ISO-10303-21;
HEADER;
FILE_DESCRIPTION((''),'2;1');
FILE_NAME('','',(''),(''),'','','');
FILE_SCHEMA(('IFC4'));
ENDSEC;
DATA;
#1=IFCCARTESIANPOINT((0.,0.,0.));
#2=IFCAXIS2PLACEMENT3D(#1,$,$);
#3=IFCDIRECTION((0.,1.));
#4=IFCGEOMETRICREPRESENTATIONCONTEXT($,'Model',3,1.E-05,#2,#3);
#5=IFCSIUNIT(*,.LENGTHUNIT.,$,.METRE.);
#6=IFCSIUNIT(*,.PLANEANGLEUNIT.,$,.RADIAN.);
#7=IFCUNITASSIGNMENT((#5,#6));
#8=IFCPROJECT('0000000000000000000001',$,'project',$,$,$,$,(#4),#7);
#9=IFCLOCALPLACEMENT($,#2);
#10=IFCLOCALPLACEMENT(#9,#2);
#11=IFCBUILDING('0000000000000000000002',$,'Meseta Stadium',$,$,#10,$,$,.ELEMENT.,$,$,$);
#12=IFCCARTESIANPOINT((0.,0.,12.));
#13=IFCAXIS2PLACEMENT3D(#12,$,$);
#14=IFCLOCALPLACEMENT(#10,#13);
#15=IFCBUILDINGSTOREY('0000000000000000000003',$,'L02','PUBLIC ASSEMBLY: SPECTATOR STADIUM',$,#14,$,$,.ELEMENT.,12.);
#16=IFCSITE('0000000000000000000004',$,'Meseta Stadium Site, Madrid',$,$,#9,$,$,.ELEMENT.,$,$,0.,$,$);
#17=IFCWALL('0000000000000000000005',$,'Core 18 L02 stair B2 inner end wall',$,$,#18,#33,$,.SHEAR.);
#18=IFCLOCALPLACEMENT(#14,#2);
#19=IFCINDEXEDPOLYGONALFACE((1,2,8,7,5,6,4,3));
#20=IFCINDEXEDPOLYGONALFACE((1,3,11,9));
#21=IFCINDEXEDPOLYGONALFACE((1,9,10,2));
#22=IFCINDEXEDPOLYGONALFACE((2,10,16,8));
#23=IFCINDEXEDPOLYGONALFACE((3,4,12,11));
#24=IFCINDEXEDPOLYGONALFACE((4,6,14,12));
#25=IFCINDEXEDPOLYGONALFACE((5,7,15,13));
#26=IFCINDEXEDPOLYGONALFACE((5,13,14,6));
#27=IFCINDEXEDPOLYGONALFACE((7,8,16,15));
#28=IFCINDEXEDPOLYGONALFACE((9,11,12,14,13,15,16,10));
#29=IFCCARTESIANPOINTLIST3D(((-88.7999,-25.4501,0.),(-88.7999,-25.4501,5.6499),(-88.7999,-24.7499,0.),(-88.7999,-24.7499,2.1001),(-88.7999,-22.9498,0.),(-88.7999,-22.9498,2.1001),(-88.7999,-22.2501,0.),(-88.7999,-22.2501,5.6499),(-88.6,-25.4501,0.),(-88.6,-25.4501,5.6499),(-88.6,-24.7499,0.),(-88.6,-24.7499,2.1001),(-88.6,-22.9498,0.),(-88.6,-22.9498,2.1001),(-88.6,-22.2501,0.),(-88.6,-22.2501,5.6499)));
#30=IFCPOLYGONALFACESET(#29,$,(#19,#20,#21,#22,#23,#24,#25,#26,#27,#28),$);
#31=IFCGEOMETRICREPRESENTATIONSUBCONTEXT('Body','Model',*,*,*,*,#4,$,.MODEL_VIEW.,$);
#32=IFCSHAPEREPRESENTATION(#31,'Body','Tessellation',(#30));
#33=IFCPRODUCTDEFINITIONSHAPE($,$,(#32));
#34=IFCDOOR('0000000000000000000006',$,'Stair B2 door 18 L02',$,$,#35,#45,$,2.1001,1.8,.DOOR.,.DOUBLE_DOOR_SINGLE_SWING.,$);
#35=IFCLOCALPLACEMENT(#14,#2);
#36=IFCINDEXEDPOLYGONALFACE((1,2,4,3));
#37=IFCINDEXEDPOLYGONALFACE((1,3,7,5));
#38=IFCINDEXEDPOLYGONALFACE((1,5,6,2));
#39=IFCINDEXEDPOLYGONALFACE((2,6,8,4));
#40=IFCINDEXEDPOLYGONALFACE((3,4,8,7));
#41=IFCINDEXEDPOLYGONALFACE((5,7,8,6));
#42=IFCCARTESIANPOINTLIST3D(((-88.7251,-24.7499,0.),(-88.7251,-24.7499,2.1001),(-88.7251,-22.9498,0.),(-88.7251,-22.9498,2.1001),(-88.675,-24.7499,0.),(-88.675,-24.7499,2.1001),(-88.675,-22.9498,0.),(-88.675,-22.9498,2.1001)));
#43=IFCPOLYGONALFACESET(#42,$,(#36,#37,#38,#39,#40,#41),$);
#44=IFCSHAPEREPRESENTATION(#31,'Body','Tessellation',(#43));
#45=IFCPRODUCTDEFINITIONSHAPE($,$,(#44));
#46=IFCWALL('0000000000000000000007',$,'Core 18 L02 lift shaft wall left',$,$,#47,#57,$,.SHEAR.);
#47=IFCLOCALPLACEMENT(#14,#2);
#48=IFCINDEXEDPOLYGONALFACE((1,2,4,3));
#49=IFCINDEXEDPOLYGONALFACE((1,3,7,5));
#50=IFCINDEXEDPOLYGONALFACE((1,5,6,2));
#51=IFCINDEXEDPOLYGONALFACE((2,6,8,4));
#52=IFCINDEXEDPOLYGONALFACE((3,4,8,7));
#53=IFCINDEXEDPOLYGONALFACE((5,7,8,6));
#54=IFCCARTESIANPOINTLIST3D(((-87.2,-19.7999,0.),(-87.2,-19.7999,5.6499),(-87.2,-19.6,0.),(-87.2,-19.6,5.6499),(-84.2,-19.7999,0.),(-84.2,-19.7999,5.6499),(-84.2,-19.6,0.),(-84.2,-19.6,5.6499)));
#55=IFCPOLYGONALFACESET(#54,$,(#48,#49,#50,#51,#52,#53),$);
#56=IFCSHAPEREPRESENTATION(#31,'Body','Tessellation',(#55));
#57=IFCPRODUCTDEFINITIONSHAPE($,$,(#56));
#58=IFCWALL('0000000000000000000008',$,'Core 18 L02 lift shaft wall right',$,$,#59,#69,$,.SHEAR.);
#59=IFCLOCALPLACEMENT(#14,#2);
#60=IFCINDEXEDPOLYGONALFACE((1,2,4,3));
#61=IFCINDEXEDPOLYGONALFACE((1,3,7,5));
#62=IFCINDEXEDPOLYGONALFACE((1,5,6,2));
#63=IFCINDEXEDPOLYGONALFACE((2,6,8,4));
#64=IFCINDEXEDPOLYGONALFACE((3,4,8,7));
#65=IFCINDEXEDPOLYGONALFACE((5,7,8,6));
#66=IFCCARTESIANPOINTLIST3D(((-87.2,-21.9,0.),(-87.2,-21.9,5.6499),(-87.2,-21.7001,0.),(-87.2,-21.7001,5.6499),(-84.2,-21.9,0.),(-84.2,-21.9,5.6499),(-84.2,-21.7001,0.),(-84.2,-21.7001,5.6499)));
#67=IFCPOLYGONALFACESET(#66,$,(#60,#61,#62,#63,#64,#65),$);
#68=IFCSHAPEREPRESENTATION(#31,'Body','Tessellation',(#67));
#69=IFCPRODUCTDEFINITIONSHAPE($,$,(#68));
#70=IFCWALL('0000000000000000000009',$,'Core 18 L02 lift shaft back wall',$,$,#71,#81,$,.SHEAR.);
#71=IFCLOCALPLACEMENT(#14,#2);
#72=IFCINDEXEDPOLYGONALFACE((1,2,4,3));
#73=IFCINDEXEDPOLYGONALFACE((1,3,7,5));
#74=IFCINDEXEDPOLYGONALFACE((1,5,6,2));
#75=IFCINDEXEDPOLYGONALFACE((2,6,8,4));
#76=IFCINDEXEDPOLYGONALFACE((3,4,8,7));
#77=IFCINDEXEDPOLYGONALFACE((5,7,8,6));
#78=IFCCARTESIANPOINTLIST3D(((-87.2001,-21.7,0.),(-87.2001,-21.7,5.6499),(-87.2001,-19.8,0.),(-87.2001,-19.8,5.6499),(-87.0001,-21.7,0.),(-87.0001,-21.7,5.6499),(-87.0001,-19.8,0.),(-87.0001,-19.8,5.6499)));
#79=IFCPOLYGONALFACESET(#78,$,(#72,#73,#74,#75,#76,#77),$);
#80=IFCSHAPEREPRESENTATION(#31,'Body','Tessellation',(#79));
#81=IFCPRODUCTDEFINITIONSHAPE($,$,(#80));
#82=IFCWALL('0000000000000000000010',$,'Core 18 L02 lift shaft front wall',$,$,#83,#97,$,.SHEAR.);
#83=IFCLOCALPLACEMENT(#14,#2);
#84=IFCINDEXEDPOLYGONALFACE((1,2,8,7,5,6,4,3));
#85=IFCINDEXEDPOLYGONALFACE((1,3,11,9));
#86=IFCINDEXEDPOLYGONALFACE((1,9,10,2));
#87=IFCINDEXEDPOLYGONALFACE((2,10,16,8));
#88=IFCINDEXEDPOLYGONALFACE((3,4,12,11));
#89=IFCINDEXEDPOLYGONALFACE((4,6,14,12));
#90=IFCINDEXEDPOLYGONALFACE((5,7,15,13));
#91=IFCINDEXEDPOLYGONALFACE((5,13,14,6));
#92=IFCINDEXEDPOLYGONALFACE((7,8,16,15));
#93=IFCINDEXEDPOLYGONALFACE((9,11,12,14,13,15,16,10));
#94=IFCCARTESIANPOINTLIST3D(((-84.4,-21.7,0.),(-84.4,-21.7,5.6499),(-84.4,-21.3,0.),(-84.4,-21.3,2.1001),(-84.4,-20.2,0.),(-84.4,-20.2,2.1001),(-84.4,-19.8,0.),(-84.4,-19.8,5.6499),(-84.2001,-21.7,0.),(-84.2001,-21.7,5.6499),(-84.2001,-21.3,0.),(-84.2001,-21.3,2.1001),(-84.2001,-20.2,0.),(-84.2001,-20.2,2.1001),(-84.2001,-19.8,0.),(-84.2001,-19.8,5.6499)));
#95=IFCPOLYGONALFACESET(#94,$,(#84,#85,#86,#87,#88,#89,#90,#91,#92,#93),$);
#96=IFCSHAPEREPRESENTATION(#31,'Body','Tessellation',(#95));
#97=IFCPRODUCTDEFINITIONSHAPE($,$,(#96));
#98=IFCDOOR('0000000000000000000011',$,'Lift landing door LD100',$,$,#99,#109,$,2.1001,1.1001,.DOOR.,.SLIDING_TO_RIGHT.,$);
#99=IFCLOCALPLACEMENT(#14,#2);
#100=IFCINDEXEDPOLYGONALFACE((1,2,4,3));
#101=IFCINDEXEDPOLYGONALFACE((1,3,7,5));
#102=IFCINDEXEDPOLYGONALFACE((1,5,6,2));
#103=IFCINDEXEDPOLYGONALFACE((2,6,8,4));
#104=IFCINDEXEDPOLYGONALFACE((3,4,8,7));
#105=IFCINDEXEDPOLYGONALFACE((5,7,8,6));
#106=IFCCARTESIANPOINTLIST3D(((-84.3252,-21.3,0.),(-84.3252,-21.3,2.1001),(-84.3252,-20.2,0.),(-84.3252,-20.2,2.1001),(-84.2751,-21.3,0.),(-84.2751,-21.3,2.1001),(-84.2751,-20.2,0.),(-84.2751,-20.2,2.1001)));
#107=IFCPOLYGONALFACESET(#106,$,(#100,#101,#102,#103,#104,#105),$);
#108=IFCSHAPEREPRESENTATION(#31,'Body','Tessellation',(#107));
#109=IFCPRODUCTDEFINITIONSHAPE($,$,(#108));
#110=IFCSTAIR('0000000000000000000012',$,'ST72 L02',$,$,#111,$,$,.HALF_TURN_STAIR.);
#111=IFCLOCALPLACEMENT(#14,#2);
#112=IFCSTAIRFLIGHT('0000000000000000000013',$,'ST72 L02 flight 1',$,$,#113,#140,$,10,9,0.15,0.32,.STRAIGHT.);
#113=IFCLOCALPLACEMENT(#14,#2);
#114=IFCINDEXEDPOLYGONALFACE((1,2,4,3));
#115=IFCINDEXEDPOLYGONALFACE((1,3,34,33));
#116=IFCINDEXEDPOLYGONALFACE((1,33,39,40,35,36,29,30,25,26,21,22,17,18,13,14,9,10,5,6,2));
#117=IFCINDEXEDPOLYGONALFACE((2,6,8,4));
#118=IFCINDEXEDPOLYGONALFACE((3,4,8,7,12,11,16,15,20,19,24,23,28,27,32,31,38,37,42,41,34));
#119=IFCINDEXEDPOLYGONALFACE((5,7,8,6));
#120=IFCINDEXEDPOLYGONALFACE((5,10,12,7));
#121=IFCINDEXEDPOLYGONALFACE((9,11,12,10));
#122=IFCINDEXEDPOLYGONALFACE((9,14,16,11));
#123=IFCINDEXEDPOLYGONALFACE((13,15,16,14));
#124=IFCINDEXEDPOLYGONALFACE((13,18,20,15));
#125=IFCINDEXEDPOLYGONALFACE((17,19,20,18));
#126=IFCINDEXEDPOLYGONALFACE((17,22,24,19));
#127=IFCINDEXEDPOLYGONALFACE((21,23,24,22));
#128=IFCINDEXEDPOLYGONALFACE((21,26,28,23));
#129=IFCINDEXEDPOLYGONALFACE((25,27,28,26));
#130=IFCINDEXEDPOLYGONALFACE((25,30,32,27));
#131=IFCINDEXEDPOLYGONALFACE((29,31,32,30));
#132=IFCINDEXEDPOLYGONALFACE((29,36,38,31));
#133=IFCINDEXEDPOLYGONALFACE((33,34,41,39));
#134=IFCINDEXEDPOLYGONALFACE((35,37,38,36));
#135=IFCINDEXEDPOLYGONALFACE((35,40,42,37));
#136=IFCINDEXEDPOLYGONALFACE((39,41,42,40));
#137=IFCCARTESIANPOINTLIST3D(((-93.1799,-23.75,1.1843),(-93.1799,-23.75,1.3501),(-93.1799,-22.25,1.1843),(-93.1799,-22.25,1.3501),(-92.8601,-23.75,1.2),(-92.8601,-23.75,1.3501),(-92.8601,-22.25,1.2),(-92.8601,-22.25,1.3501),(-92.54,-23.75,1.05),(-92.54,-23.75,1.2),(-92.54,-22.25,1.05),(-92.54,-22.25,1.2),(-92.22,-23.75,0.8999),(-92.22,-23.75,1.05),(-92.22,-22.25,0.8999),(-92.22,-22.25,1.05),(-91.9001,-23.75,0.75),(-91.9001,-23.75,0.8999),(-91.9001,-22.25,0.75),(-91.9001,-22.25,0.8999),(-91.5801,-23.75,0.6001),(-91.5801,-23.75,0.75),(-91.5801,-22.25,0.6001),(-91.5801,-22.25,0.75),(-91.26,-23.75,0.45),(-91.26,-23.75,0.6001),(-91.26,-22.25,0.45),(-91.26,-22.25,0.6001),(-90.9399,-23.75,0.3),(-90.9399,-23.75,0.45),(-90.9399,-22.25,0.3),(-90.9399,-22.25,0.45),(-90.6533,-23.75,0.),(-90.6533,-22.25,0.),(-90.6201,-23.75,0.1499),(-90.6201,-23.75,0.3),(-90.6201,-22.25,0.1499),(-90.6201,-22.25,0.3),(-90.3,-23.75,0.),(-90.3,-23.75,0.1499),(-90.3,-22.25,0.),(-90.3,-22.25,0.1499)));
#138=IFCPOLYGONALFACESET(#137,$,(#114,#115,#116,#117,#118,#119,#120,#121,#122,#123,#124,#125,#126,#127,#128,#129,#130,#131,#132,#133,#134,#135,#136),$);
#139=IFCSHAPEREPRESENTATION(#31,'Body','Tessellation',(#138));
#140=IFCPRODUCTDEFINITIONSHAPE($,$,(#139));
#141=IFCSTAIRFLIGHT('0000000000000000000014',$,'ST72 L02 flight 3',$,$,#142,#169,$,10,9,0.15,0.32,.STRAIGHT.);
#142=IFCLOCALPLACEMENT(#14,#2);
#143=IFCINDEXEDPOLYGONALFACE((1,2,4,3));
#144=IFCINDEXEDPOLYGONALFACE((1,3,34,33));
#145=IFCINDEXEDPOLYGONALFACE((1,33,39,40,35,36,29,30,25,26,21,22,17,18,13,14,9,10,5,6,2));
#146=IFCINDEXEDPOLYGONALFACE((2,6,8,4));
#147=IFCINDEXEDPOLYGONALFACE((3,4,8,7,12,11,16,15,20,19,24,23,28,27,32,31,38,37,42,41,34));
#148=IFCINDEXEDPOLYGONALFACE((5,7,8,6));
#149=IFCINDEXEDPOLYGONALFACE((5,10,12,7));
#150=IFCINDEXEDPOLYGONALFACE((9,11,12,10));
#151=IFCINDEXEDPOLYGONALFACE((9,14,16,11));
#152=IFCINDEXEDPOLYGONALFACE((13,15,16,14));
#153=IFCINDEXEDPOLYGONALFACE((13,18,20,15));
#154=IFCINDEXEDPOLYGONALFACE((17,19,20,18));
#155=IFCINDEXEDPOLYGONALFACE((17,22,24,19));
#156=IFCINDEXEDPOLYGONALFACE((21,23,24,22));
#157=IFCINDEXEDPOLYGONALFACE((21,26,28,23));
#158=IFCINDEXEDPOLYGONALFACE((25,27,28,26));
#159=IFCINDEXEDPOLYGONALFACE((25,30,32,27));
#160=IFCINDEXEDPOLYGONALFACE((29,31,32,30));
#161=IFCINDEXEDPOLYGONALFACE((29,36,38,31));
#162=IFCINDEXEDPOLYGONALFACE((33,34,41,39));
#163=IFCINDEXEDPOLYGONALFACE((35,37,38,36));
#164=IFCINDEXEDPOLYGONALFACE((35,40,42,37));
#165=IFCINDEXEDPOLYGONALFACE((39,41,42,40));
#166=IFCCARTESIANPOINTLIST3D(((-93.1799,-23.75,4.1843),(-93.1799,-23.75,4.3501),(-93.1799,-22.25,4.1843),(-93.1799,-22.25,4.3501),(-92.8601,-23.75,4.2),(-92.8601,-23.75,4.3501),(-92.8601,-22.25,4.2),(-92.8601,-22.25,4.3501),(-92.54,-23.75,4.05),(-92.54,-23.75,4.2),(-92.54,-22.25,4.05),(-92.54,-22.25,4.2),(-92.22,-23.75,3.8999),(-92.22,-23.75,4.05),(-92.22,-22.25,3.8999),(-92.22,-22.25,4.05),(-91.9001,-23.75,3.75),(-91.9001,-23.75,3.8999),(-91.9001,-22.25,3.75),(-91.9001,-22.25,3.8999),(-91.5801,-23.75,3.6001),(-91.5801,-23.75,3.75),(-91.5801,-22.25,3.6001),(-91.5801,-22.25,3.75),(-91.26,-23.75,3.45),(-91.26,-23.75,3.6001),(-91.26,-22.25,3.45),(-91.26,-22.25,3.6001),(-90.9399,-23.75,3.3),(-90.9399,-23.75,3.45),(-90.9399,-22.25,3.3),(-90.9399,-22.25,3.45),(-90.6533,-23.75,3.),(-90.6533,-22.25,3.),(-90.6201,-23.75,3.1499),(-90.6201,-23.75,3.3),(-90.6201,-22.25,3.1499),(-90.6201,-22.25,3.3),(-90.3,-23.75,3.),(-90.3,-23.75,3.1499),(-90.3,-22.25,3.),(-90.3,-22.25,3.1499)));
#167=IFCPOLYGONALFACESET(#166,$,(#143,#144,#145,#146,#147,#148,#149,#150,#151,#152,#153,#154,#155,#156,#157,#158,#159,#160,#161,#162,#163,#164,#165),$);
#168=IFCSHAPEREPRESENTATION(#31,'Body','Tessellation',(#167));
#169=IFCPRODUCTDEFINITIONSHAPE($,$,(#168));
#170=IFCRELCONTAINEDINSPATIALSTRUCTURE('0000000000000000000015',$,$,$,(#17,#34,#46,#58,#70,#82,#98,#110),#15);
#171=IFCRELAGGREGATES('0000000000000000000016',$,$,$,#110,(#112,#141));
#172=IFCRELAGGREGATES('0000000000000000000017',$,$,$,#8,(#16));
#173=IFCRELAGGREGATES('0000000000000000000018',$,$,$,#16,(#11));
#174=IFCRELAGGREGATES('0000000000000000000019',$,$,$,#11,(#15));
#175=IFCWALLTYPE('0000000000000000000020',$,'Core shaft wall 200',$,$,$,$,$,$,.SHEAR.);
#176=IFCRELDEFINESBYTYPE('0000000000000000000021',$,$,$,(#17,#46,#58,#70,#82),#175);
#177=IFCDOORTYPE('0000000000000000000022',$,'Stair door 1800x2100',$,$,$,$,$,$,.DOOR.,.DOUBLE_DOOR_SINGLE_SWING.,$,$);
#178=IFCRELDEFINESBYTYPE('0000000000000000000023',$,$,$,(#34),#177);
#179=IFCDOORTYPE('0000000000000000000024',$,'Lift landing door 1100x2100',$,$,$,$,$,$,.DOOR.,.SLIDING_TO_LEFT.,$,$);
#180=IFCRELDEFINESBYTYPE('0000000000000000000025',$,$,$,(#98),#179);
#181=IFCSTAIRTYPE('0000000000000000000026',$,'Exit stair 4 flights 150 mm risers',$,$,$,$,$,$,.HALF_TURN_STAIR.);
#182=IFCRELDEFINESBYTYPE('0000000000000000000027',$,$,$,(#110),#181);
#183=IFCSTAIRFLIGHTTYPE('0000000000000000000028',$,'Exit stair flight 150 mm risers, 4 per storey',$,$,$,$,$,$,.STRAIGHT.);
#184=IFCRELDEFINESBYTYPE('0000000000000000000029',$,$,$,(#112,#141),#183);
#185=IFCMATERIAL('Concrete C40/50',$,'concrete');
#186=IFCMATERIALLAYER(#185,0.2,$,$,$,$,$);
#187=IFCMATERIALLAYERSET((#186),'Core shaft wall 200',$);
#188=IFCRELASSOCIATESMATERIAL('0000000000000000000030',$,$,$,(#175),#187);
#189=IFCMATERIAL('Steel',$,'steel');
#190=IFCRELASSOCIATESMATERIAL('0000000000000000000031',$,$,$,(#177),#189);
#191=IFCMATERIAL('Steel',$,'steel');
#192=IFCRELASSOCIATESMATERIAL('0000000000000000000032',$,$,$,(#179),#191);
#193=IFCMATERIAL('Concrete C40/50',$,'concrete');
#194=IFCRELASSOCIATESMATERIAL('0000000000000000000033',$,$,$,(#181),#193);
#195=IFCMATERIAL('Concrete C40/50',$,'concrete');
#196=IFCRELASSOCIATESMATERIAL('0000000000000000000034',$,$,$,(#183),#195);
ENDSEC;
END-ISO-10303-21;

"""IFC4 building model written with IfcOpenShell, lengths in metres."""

from ifc_helpers import new_model, si_unit, direction, frame, frame_2d, origin, place, context, subcontext, project, spatial, polyline, rectangle, outline, extrude, material, layer, layer_set, type_object, element, fill, aggregate, save


model = new_model("IFC4")

# Units and contexts
model_context = context("Model", 3, precision=1e-05, world=origin(), true_north=direction((0.0, 1.0)))
body_context = subcontext(model_context, "Body", "Model", "MODEL_VIEW")
ifc_project = project(units=[si_unit("LENGTHUNIT", "METRE"), si_unit("PLANEANGLEUNIT", "RADIAN")], contexts=[model_context])

# Site, building, storey
site_placement = place(None, origin())
site = spatial("IfcSite", under=ifc_project, at=site_placement, Name="Meseta Stadium Site, Madrid", CompositionType="ELEMENT", RefElevation=0.0)
building_placement = place(site_placement, origin())
building = spatial("IfcBuilding", under=site, at=building_placement, Name="Meseta Stadium", CompositionType="ELEMENT")
storey_placement = place(building_placement, frame((0.0, 0.0, 12.0)))
storey = spatial("IfcBuildingStorey", under=building, at=storey_placement, Name="L02", Description="PUBLIC ASSEMBLY: SPECTATOR STADIUM", CompositionType="ELEMENT", Elevation=12.0)

# Wall, opening, door
ifc_material_1 = material(Name="Concrete C40/50", Category="concrete")
ifc_layer = layer(ifc_material_1, 0.2)
ifc_layer_set = layer_set([ifc_layer], Name="Core shaft wall 200")
wall_type = type_object("IfcWallType", Name="Core shaft wall 200", PredefinedType="SHEAR", material=ifc_layer_set)
wall_1_placement = place(storey_placement, frame((-88.7, -22.25, 0.0), z_axis=(0.0, 0.0, 1.0), x_axis=(0.0, -1.0, 0.0)))
wall_1 = element("IfcWall", 1, at=wall_1_placement, inside=storey, type_object=wall_type, Name="Core 18 L02 stair B2 inner end wall", PredefinedType="SHEAR", context=body_context, shape_type="SweptSolid", body=[
    extrude(rectangle(XDim=3.2, YDim=0.2, at=frame_2d((1.6001, 0.0))), origin(), (0.0, 0.0, 1.0), 5.6499),
])
opening_1_placement = place(wall_1_placement, frame((0.7, 0.0, 0.0)))
opening_1 = element("IfcOpeningElement", 2, at=opening_1_placement, cuts=wall_1, PredefinedType="OPENING", context=body_context, shape_type="SweptSolid", body=[
    extrude(rectangle(XDim=1.8, YDim=2.1001, at=frame_2d((0.8999, 1.05))), frame((0.0, 0.1099, 0.0), z_axis=(0.0, -1.0, 0.0), x_axis=(1.0, 0.0, 0.0)), (0.0, 0.0, 1.0), 0.22),
])
ifc_material_2 = material(Name="Steel", Category="steel")
door_type_1 = type_object("IfcDoorType", Name="Stair door 1800x2100", OperationType="DOUBLE_DOOR_SINGLE_SWING", PredefinedType="DOOR", material=ifc_material_2)
door_1_placement = place(opening_1_placement, origin())
door_1 = element("IfcDoor", 3, at=door_1_placement, inside=storey, type_object=door_type_1, Name="Stair B2 door 18 L02", OperationType="DOUBLE_DOOR_SINGLE_SWING", OverallHeight=2.1001, OverallWidth=1.8, PredefinedType="DOOR", context=body_context, shape_type="SweptSolid", body=[
    extrude(rectangle(XDim=1.8, YDim=2.1001, at=frame_2d((0.8999, 1.05))), frame((0.0, 0.0249, 0.0), z_axis=(0.0, -1.0, 0.0), x_axis=(1.0, 0.0, 0.0)), (0.0, 0.0, 1.0), 0.05),
])
fill(opening_1, door_1)

# Walls
for number, where, z_axis, x_axis, name in (
    (4, (-87.2, -19.7, 0.0), (0.0, 0.0, 1.0), (1.0, 0.0, 0.0), "Core 18 L02 lift shaft wall left"),
    (5, (-87.2, -21.8, 0.0), (0.0, 0.0, 1.0), (1.0, 0.0, 0.0), "Core 18 L02 lift shaft wall right"),
):
    element("IfcWall", number, at=place(storey_placement, frame(where, z_axis=z_axis, x_axis=x_axis)), inside=storey, type_object=wall_type, Name=name, PredefinedType="SHEAR", context=body_context, shape_type="SweptSolid", body=[
        extrude(rectangle(XDim=3.0, YDim=0.2, at=frame_2d((1.5, 0.0))), origin(), (0.0, 0.0, 1.0), 5.6499),
    ])
wall_2_placement = place(storey_placement, frame((-87.1001, -19.8, 0.0), z_axis=(0.0, 0.0, 1.0), x_axis=(0.0, -1.0, 0.0)))
element("IfcWall", 6, at=wall_2_placement, inside=storey, type_object=wall_type, Name="Core 18 L02 lift shaft back wall", PredefinedType="SHEAR", context=body_context, shape_type="SweptSolid", body=[
    extrude(rectangle(XDim=1.8999, YDim=0.2, at=frame_2d((0.95, 0.0))), origin(), (0.0, 0.0, 1.0), 5.6499),
])

# Wall, opening, door
wall_3_placement = place(storey_placement, frame((-84.3, -19.8, 0.0), z_axis=(0.0, 0.0, 1.0), x_axis=(0.0, -1.0, 0.0)))
wall_3 = element("IfcWall", 7, at=wall_3_placement, inside=storey, type_object=wall_type, Name="Core 18 L02 lift shaft front wall", PredefinedType="SHEAR", context=body_context, shape_type="SweptSolid", body=[
    extrude(rectangle(XDim=1.8999, YDim=0.2, at=frame_2d((0.95, 0.0))), origin(), (0.0, 0.0, 1.0), 5.6499),
])
opening_2_placement = place(wall_3_placement, frame((0.3999, 0.0, 0.0)))
opening_2 = element("IfcOpeningElement", 8, at=opening_2_placement, cuts=wall_3, PredefinedType="OPENING", context=body_context, shape_type="SweptSolid", body=[
    extrude(rectangle(XDim=1.1001, YDim=2.1001, at=frame_2d((0.55, 1.05))), frame((0.0, 0.1099, 0.0), z_axis=(0.0, -1.0, 0.0), x_axis=(1.0, 0.0, 0.0)), (0.0, 0.0, 1.0), 0.22),
])
ifc_material_3 = material(Name="Steel", Category="steel")
door_type_2 = type_object("IfcDoorType", Name="Lift landing door 1100x2100", OperationType="SLIDING_TO_LEFT", PredefinedType="DOOR", material=ifc_material_3)
door_2_placement = place(opening_2_placement, origin())
door_2 = element("IfcDoor", 9, at=door_2_placement, inside=storey, type_object=door_type_2, Name="Lift landing door LD100", OperationType="SLIDING_TO_RIGHT", OverallHeight=2.1001, OverallWidth=1.1001, PredefinedType="DOOR", context=body_context, shape_type="SweptSolid", body=[
    extrude(rectangle(XDim=1.1001, YDim=2.1001, at=frame_2d((0.55, 1.05))), frame((0.0, 0.0249, 0.0), z_axis=(0.0, -1.0, 0.0), x_axis=(1.0, 0.0, 0.0)), (0.0, 0.0, 1.0), 0.05),
])
fill(opening_2, door_2)

# Stair, stair flights
ifc_material_4 = material(Name="Concrete C40/50", Category="concrete")
stair_type = type_object("IfcStairType", Name="Exit stair 4 flights 150 mm risers", PredefinedType="HALF_TURN_STAIR", material=ifc_material_4)
stair_placement = place(storey_placement, origin())
stair = element("IfcStair", 10, at=stair_placement, inside=storey, type_object=stair_type, Name="ST72 L02", PredefinedType="HALF_TURN_STAIR")
ifc_material_5 = material(Name="Concrete C40/50", Category="concrete")
stair_flight_type = type_object("IfcStairFlightType", Name="Exit stair flight 150 mm risers, 4 per storey", PredefinedType="STRAIGHT", material=ifc_material_5)
stair_flight_1_placement = place(storey_placement, frame((-90.3, -23.0, 0.0), z_axis=(0.0, 0.0, 1.0), x_axis=(-1.0, 0.0, 0.0)))
stair_flight_1 = element("IfcStairFlight", 11, at=stair_flight_1_placement, type_object=stair_flight_type, Name="ST72 L02 flight 1", NumberOfRisers=10, NumberOfTreads=9, PredefinedType="STRAIGHT", RiserHeight=0.15, TreadLength=0.32, context=body_context, shape_type="SweptSolid", body=[
    extrude(outline(polyline([(0.0, 0.0), (0.0, 0.1499), (0.3201, 0.1499), (0.3201, 0.3), (0.6399, 0.3), (0.6399, 0.45), (0.96, 0.45), (0.96, 0.6001), (1.28, 0.6001), (1.28, 0.75), (1.6001, 0.75), (1.6001, 0.8999), (1.9199, 0.8999), (1.9199, 1.05), (2.24, 1.05), (2.24, 1.2), (2.5601, 1.2), (2.5601, 1.3501), (2.8799, 1.3501), (2.8799, 1.1843), (0.3533, 0.0), (0.0, 0.0)])), frame((0.0, 0.75, 0.0), z_axis=(0.0, -1.0, 0.0), x_axis=(1.0, 0.0, 0.0)), (0.0, 0.0, 1.0), 1.5),
])
stair_flight_2_placement = place(storey_placement, frame((-90.3, -23.0, 3.0), z_axis=(0.0, 0.0, 1.0), x_axis=(-1.0, 0.0, 0.0)))
stair_flight_2 = element("IfcStairFlight", 12, at=stair_flight_2_placement, type_object=stair_flight_type, Name="ST72 L02 flight 3", NumberOfRisers=10, NumberOfTreads=9, PredefinedType="STRAIGHT", RiserHeight=0.15, TreadLength=0.32, context=body_context, shape_type="SweptSolid", body=[
    extrude(outline(polyline([(0.0, 0.0), (0.0, 0.1499), (0.3201, 0.1499), (0.3201, 0.3), (0.6399, 0.3), (0.6399, 0.45), (0.96, 0.45), (0.96, 0.6001), (1.28, 0.6001), (1.28, 0.75), (1.6001, 0.75), (1.6001, 0.8999), (1.9199, 0.8999), (1.9199, 1.05), (2.24, 1.05), (2.24, 1.2), (2.5601, 1.2), (2.5601, 1.3501), (2.8799, 1.3501), (2.8799, 1.1843), (0.3533, 0.0), (0.0, 0.0)])), frame((0.0, 0.75, 0.0), z_axis=(0.0, -1.0, 0.0), x_axis=(1.0, 0.0, 0.0)), (0.0, 0.0, 1.0), 1.5),
])
aggregate(stair, [stair_flight_1, stair_flight_2])

save(model, "model.ifc")
